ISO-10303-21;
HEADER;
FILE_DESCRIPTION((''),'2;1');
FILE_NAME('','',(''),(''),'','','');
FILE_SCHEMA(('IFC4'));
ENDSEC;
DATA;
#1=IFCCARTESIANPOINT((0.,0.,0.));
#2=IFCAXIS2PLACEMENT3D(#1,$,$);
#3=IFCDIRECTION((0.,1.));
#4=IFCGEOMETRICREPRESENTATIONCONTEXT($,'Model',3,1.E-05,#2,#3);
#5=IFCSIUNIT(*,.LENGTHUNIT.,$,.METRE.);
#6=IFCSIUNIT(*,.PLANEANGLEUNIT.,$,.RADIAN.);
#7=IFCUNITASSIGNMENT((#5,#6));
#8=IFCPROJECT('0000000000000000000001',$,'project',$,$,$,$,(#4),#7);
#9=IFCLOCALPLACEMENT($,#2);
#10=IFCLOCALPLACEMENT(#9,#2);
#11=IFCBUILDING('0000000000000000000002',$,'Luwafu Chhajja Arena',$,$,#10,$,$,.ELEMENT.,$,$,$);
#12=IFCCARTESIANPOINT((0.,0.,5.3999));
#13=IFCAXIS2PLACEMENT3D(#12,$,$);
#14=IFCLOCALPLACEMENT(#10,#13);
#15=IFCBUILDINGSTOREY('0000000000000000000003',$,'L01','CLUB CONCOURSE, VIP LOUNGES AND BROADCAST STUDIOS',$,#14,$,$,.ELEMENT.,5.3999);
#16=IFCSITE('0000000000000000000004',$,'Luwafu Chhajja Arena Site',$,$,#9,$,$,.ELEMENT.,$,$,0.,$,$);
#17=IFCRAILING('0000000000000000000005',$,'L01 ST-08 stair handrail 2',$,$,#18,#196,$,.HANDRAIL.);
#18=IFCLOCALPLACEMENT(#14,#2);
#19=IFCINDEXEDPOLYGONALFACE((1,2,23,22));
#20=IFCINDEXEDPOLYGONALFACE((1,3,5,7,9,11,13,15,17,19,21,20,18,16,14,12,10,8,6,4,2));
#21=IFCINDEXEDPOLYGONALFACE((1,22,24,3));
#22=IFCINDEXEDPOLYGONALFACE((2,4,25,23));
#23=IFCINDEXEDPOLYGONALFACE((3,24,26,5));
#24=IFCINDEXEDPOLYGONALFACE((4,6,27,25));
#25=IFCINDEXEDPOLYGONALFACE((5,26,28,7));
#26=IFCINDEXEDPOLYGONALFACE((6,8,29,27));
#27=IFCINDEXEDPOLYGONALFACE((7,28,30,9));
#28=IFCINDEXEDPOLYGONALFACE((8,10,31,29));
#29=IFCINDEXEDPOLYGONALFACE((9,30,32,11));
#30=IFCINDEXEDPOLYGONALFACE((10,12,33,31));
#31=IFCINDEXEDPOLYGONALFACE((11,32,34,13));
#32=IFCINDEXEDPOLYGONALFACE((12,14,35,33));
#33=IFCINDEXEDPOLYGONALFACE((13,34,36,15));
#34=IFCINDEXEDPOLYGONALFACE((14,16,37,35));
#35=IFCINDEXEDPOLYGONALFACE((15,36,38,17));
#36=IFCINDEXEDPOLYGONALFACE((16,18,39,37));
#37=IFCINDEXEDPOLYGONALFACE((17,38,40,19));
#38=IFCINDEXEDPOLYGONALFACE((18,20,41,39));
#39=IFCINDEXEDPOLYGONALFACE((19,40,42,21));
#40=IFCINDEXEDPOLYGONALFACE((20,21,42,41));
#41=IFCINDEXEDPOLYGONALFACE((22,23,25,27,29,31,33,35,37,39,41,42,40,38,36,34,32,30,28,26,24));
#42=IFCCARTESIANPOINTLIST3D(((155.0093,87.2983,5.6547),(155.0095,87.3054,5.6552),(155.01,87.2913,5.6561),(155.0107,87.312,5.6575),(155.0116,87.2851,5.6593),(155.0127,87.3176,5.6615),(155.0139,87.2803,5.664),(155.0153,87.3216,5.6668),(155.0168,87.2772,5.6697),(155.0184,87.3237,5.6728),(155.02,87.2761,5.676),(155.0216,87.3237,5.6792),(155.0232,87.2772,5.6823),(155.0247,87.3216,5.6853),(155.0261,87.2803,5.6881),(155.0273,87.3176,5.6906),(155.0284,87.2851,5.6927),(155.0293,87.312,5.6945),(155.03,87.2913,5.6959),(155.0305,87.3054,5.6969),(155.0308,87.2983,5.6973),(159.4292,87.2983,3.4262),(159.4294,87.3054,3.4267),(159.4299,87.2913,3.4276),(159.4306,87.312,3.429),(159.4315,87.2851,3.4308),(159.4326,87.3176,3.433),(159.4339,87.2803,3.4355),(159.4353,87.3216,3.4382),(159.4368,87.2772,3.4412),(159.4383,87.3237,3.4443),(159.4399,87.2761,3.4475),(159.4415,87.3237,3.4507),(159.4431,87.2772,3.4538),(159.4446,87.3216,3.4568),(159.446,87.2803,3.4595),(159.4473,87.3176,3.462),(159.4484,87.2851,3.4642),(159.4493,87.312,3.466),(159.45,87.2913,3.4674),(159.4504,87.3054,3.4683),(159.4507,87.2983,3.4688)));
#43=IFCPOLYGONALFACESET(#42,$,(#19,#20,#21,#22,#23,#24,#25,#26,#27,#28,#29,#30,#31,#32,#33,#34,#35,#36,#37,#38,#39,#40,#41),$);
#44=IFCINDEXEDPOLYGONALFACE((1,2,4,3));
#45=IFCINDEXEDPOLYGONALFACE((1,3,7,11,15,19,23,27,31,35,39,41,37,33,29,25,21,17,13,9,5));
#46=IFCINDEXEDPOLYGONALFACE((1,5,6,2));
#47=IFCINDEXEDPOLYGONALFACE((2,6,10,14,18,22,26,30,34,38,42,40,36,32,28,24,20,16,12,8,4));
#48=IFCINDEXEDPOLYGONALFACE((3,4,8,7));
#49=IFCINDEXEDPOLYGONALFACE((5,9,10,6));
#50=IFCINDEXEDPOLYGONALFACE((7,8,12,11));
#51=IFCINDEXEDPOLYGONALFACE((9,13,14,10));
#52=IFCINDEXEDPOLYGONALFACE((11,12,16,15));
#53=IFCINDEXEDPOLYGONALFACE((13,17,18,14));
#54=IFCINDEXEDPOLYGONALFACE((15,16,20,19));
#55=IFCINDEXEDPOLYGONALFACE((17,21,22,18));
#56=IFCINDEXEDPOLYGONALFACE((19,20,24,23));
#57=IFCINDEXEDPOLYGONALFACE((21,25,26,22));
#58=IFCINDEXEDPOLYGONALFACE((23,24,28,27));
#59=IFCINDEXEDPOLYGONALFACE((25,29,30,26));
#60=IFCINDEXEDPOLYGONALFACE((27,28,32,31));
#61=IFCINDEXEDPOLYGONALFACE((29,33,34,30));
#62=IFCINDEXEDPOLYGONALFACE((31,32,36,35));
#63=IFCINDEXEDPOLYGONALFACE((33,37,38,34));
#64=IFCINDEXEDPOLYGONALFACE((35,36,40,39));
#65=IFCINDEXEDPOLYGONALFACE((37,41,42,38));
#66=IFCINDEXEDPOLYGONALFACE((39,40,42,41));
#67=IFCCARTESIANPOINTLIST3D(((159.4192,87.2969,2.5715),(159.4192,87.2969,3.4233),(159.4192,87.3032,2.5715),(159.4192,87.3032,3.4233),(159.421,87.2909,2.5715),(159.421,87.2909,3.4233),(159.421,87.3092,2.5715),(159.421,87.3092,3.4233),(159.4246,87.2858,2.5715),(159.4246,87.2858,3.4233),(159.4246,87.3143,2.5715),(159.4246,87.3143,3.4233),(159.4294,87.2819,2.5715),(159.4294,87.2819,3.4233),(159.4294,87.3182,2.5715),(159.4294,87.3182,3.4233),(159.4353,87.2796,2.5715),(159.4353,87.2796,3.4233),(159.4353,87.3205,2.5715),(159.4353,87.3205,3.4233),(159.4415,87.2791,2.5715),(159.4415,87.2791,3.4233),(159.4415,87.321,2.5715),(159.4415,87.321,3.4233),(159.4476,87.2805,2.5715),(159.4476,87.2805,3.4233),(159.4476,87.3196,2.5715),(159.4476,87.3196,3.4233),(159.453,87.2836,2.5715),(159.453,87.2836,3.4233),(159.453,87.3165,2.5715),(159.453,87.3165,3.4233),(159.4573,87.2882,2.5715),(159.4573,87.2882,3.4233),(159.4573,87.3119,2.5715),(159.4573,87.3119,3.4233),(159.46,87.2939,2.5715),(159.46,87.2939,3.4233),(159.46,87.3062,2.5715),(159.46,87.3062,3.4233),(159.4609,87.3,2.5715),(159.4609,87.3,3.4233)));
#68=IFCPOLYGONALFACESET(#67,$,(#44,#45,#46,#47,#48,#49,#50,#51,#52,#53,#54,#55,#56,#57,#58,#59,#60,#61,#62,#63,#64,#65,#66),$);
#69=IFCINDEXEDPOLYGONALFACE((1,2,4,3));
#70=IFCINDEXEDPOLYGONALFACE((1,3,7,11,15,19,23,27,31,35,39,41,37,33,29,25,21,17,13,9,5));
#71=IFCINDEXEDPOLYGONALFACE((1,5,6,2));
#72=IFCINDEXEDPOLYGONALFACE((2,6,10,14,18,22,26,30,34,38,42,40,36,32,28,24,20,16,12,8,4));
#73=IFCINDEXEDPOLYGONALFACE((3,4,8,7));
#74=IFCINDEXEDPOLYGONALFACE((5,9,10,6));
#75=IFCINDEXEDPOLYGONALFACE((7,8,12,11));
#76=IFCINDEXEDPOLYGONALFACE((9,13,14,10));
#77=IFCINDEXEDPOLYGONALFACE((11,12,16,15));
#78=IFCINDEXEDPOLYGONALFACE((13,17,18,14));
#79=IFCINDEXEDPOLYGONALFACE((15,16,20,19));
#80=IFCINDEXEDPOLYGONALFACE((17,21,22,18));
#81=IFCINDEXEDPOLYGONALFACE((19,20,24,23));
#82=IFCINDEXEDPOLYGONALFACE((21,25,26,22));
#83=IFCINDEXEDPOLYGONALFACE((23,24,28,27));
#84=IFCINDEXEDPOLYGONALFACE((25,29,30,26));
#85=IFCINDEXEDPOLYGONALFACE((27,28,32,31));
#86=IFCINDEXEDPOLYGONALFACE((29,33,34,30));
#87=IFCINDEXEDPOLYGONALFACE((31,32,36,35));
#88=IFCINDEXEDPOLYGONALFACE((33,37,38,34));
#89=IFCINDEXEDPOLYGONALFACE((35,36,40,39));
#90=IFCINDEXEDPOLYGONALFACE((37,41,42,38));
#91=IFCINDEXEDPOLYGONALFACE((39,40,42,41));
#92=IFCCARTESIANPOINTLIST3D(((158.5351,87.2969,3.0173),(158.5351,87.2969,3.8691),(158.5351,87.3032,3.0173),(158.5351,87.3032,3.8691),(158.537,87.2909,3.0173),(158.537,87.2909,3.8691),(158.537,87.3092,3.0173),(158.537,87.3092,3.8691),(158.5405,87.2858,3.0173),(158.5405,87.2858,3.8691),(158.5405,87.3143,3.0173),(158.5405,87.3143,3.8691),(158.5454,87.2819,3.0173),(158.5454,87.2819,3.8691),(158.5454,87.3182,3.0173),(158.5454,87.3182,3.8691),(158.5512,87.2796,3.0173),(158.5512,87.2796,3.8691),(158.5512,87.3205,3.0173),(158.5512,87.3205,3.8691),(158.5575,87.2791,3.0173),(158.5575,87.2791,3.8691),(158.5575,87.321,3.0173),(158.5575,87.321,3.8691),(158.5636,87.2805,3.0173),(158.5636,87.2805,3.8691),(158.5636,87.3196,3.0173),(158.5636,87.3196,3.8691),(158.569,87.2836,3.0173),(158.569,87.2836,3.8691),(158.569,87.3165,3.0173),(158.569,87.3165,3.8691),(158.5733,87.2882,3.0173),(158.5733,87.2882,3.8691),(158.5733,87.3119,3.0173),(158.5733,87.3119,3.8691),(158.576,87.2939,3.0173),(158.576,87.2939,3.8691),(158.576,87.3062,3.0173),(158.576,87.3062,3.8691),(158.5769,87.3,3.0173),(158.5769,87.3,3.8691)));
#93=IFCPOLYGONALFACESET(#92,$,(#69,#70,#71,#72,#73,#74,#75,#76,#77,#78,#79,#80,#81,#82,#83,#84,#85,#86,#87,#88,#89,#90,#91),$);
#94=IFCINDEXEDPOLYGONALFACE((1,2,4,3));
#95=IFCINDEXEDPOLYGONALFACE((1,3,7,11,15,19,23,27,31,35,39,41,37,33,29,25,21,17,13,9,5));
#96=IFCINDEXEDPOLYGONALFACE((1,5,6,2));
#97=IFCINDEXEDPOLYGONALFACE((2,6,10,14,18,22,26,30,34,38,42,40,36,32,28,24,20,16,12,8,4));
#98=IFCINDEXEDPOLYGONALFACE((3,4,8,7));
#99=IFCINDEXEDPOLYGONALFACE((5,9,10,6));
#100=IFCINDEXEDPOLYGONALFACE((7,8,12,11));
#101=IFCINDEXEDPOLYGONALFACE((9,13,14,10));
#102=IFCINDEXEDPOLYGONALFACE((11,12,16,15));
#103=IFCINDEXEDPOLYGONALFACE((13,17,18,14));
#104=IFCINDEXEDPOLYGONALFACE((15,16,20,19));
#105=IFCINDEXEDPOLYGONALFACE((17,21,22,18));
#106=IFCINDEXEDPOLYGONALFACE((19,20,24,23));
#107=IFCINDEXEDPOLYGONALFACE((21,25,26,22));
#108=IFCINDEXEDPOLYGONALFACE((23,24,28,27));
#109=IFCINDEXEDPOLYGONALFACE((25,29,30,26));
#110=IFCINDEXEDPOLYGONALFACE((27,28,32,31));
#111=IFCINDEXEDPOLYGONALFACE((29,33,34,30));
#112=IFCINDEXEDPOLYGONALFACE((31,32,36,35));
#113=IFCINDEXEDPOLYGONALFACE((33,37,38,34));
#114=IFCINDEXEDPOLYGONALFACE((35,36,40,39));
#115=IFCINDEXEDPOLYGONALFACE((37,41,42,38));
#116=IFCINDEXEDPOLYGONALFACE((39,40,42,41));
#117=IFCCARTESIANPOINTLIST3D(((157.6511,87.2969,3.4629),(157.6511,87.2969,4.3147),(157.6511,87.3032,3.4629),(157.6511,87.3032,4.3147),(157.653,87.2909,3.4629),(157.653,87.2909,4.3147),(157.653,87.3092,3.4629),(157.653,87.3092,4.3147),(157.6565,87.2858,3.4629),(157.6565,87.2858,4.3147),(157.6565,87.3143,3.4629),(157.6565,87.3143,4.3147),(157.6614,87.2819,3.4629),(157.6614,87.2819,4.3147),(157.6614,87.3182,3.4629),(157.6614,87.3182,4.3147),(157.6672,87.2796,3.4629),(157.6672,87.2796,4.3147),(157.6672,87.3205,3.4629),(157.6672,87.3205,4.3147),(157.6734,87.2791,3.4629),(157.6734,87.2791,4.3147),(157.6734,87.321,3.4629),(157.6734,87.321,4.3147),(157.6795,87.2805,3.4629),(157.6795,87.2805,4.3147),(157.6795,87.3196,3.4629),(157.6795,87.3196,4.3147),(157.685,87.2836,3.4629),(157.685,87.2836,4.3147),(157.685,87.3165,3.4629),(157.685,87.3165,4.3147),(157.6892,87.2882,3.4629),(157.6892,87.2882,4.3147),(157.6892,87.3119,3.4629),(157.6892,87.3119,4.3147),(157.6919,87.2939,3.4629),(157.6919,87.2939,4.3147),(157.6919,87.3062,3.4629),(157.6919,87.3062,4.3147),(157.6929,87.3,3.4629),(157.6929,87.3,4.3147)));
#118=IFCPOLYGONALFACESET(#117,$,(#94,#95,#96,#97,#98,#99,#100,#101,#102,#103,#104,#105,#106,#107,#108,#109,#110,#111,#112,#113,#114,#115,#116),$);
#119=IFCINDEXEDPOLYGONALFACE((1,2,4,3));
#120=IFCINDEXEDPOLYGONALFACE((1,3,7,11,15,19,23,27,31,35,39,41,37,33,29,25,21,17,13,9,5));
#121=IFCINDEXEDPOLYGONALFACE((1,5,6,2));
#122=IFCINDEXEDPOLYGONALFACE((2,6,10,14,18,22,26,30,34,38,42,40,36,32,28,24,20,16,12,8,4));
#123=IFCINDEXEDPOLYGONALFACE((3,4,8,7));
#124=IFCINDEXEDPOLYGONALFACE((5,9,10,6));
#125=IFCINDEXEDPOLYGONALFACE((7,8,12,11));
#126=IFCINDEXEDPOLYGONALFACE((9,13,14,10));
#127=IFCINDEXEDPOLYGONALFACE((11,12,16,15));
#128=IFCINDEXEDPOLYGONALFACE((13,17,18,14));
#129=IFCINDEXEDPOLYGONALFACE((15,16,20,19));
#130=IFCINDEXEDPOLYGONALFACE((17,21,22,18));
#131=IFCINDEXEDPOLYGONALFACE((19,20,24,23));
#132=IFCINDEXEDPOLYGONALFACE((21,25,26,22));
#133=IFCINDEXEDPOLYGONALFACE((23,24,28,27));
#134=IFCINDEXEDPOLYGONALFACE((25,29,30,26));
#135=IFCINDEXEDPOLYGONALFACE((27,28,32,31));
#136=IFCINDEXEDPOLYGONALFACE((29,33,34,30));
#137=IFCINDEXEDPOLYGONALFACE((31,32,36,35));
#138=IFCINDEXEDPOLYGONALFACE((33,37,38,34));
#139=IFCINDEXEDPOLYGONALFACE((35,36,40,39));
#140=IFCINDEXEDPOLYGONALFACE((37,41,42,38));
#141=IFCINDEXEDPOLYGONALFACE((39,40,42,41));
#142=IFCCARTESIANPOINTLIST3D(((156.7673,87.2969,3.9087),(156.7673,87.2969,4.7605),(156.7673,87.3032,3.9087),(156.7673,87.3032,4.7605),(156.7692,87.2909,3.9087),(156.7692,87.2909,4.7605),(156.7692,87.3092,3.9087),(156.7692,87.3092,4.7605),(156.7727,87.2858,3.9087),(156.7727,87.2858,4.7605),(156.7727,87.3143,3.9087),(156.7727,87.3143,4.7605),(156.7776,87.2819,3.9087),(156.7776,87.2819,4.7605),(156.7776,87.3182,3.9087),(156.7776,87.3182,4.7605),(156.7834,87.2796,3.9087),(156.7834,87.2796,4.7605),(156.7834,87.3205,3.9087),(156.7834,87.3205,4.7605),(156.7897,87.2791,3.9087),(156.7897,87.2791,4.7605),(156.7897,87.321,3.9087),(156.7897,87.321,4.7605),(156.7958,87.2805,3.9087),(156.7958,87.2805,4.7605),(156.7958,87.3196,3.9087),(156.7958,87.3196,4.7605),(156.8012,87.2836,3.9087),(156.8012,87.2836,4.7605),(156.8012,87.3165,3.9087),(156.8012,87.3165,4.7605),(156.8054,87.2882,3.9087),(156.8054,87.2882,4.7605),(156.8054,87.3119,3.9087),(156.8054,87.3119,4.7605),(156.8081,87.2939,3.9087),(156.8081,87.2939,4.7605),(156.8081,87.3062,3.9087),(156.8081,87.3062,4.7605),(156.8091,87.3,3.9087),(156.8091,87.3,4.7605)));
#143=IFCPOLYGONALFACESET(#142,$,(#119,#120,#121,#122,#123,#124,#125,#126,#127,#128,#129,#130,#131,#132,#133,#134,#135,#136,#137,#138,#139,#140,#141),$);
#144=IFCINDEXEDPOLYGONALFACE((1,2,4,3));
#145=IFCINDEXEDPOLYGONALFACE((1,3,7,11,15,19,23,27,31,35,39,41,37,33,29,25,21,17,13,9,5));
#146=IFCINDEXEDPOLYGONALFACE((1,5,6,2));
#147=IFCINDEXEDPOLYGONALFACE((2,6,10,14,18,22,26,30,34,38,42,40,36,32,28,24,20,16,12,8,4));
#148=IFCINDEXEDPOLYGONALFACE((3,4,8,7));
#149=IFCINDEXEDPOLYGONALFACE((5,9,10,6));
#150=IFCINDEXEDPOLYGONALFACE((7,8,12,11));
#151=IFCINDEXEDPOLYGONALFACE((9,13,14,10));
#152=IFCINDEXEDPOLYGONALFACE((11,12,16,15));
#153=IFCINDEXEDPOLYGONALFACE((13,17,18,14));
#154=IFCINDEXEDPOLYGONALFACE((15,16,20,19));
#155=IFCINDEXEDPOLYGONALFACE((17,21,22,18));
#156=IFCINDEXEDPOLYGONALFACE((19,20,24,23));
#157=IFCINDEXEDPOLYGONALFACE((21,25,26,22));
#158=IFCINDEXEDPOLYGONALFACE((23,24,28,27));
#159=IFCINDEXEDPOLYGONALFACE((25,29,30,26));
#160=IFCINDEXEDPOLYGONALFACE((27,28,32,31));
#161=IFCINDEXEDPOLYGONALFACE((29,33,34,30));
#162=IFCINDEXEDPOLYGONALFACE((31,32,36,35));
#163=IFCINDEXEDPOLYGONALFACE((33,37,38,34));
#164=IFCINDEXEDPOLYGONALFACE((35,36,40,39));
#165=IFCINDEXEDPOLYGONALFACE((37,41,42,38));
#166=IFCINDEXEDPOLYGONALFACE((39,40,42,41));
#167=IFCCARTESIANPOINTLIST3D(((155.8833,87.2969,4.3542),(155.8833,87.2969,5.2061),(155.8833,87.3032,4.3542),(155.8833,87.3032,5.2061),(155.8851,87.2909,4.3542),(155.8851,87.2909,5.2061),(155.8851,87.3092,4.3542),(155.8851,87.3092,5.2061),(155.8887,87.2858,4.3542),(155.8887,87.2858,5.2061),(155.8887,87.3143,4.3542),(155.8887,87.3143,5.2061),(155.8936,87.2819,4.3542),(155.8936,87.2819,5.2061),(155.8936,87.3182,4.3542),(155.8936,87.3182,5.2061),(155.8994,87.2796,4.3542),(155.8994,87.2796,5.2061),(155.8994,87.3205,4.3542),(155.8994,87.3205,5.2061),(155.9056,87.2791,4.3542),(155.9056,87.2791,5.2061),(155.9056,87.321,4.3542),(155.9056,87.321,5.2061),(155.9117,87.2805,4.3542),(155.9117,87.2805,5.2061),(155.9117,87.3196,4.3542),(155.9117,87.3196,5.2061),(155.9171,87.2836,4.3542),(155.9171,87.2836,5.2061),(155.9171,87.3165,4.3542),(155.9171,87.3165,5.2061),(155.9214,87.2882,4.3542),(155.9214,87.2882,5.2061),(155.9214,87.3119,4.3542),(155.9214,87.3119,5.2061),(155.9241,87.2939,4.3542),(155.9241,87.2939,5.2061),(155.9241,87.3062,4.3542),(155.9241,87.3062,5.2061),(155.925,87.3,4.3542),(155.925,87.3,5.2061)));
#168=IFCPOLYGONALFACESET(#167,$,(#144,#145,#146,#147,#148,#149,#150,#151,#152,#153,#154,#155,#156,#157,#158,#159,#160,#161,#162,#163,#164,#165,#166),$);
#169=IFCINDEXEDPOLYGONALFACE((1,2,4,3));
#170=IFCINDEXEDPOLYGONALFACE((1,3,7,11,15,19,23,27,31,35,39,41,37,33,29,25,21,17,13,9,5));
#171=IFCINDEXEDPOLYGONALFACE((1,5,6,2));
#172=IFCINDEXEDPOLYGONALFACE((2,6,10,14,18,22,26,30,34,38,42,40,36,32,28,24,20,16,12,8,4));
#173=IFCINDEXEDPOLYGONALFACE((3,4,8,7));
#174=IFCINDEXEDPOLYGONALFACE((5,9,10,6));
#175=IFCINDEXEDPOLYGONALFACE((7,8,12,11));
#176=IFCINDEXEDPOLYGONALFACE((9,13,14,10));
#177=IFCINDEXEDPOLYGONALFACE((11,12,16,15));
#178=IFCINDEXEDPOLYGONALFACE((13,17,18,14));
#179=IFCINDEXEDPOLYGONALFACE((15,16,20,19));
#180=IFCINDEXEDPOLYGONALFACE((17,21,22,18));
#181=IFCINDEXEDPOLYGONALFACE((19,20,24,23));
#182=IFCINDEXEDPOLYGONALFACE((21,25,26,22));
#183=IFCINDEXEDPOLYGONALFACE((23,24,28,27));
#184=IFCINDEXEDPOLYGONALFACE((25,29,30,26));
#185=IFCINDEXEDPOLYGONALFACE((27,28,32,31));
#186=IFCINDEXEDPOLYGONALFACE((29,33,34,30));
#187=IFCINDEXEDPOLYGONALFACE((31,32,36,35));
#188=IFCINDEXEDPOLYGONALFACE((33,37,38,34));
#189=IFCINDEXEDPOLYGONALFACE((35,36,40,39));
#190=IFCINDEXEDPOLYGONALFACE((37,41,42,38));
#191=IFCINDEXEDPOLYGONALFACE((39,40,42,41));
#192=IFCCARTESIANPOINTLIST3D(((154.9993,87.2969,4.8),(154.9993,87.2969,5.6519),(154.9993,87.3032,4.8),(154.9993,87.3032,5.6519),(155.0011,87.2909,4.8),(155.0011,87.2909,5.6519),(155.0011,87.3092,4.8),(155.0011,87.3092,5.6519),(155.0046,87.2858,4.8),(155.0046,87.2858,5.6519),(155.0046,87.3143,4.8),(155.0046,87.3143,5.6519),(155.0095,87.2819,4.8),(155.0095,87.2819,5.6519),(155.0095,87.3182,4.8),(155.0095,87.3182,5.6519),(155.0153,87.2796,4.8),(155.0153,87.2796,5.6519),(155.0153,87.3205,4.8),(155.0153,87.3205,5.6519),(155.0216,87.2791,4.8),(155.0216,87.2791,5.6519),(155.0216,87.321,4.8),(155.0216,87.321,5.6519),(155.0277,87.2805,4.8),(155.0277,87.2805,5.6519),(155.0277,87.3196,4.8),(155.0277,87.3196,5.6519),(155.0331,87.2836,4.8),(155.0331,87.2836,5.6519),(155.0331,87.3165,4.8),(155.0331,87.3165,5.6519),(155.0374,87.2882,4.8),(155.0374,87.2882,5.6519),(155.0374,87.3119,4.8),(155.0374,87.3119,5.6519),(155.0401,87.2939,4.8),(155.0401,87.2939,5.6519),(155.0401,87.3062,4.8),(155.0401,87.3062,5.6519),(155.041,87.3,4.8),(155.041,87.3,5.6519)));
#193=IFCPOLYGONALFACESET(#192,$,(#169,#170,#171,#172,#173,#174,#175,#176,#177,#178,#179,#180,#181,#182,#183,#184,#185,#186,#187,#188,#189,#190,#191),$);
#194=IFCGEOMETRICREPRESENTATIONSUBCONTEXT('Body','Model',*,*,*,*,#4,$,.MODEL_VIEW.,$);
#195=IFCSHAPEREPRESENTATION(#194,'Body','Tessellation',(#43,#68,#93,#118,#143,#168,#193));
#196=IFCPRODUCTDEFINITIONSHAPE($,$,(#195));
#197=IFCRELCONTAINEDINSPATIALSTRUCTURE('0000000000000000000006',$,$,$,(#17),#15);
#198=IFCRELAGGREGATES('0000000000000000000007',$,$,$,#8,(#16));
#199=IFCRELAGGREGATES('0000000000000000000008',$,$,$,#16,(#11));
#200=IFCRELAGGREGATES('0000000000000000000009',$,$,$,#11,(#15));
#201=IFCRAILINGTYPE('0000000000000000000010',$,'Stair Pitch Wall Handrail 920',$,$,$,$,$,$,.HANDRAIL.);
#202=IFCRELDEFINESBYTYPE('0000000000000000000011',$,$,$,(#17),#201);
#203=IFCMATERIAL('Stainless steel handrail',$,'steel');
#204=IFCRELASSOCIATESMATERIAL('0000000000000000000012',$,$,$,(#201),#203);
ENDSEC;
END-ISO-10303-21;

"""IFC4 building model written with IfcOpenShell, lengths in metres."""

from ifc_helpers import new_model, si_unit, direction, frame, origin, origin_2d, place, context, subcontext, project, spatial, circle, extrude, material, type_object, element, save


model = new_model("IFC4")

# Units and contexts
model_context = context("Model", 3, precision=1e-05, world=origin(), true_north=direction((0.0, 1.0)))
body_context = subcontext(model_context, "Body", "Model", "MODEL_VIEW")
ifc_project = project(units=[si_unit("LENGTHUNIT", "METRE"), si_unit("PLANEANGLEUNIT", "RADIAN")], contexts=[model_context])

# Site, building, storey
site_placement = place(None, origin())
site = spatial("IfcSite", under=ifc_project, at=site_placement, Name="Luwafu Chhajja Arena Site", CompositionType="ELEMENT", RefElevation=0.0)
building_placement = place(site_placement, origin())
building = spatial("IfcBuilding", under=site, at=building_placement, Name="Luwafu Chhajja Arena", CompositionType="ELEMENT")
storey_placement = place(building_placement, frame((0.0, 0.0, 5.3999)))
storey = spatial("IfcBuildingStorey", under=building, at=storey_placement, Name="L01", Description="CLUB CONCOURSE, VIP LOUNGES AND BROADCAST STUDIOS", CompositionType="ELEMENT", Elevation=5.3999)

# Railing
ifc_material_1 = material(Name="Stainless steel handrail", Category="steel")
railing_type_1 = type_object("IfcRailingType", Name="Stair Pitch Wall Handrail 920", PredefinedType="HANDRAIL", material=ifc_material_1)
for number, where, name in (
    (1, (159.4399, 87.3, 2.5715), "L01 ST-08 stair handrail 2"),
):
    element("IfcRailing", number, at=place(storey_placement, frame(where)), inside=storey, type_object=railing_type_1, Name=name, PredefinedType="HANDRAIL", context=body_context, shape_type="SweptSolid", body=[
        extrude(circle(Radius=0.0239, at=origin_2d()), frame((0.0, 0.0, 0.876), z_axis=(-0.892923, 0.0, 0.45021), x_axis=(0.0, -1.0, 0.0)), (0.0, 0.0, 1.0), 4.95),
        extrude(circle(Radius=0.021, at=origin_2d()), origin(), (0.0, 0.0, 1.0), 0.8518),
        extrude(circle(Radius=0.021, at=origin_2d()), frame((-0.884, 0.0, 0.4458)), (0.0, 0.0, 1.0), 0.8518),
        extrude(circle(Radius=0.021, at=origin_2d()), frame((-1.7681, 0.0, 0.8914)), (0.0, 0.0, 1.0), 0.8518),
        extrude(circle(Radius=0.021, at=origin_2d()), frame((-2.6519, 0.0, 1.3372)), (0.0, 0.0, 1.0), 0.8518),
        extrude(circle(Radius=0.021, at=origin_2d()), frame((-3.5359, 0.0, 1.7827)), (0.0, 0.0, 1.0), 0.8518),
        extrude(circle(Radius=0.021, at=origin_2d()), frame((-4.4199, 0.0, 2.2285)), (0.0, 0.0, 1.0), 0.8518),
    ])

save(model, "model.ifc")
